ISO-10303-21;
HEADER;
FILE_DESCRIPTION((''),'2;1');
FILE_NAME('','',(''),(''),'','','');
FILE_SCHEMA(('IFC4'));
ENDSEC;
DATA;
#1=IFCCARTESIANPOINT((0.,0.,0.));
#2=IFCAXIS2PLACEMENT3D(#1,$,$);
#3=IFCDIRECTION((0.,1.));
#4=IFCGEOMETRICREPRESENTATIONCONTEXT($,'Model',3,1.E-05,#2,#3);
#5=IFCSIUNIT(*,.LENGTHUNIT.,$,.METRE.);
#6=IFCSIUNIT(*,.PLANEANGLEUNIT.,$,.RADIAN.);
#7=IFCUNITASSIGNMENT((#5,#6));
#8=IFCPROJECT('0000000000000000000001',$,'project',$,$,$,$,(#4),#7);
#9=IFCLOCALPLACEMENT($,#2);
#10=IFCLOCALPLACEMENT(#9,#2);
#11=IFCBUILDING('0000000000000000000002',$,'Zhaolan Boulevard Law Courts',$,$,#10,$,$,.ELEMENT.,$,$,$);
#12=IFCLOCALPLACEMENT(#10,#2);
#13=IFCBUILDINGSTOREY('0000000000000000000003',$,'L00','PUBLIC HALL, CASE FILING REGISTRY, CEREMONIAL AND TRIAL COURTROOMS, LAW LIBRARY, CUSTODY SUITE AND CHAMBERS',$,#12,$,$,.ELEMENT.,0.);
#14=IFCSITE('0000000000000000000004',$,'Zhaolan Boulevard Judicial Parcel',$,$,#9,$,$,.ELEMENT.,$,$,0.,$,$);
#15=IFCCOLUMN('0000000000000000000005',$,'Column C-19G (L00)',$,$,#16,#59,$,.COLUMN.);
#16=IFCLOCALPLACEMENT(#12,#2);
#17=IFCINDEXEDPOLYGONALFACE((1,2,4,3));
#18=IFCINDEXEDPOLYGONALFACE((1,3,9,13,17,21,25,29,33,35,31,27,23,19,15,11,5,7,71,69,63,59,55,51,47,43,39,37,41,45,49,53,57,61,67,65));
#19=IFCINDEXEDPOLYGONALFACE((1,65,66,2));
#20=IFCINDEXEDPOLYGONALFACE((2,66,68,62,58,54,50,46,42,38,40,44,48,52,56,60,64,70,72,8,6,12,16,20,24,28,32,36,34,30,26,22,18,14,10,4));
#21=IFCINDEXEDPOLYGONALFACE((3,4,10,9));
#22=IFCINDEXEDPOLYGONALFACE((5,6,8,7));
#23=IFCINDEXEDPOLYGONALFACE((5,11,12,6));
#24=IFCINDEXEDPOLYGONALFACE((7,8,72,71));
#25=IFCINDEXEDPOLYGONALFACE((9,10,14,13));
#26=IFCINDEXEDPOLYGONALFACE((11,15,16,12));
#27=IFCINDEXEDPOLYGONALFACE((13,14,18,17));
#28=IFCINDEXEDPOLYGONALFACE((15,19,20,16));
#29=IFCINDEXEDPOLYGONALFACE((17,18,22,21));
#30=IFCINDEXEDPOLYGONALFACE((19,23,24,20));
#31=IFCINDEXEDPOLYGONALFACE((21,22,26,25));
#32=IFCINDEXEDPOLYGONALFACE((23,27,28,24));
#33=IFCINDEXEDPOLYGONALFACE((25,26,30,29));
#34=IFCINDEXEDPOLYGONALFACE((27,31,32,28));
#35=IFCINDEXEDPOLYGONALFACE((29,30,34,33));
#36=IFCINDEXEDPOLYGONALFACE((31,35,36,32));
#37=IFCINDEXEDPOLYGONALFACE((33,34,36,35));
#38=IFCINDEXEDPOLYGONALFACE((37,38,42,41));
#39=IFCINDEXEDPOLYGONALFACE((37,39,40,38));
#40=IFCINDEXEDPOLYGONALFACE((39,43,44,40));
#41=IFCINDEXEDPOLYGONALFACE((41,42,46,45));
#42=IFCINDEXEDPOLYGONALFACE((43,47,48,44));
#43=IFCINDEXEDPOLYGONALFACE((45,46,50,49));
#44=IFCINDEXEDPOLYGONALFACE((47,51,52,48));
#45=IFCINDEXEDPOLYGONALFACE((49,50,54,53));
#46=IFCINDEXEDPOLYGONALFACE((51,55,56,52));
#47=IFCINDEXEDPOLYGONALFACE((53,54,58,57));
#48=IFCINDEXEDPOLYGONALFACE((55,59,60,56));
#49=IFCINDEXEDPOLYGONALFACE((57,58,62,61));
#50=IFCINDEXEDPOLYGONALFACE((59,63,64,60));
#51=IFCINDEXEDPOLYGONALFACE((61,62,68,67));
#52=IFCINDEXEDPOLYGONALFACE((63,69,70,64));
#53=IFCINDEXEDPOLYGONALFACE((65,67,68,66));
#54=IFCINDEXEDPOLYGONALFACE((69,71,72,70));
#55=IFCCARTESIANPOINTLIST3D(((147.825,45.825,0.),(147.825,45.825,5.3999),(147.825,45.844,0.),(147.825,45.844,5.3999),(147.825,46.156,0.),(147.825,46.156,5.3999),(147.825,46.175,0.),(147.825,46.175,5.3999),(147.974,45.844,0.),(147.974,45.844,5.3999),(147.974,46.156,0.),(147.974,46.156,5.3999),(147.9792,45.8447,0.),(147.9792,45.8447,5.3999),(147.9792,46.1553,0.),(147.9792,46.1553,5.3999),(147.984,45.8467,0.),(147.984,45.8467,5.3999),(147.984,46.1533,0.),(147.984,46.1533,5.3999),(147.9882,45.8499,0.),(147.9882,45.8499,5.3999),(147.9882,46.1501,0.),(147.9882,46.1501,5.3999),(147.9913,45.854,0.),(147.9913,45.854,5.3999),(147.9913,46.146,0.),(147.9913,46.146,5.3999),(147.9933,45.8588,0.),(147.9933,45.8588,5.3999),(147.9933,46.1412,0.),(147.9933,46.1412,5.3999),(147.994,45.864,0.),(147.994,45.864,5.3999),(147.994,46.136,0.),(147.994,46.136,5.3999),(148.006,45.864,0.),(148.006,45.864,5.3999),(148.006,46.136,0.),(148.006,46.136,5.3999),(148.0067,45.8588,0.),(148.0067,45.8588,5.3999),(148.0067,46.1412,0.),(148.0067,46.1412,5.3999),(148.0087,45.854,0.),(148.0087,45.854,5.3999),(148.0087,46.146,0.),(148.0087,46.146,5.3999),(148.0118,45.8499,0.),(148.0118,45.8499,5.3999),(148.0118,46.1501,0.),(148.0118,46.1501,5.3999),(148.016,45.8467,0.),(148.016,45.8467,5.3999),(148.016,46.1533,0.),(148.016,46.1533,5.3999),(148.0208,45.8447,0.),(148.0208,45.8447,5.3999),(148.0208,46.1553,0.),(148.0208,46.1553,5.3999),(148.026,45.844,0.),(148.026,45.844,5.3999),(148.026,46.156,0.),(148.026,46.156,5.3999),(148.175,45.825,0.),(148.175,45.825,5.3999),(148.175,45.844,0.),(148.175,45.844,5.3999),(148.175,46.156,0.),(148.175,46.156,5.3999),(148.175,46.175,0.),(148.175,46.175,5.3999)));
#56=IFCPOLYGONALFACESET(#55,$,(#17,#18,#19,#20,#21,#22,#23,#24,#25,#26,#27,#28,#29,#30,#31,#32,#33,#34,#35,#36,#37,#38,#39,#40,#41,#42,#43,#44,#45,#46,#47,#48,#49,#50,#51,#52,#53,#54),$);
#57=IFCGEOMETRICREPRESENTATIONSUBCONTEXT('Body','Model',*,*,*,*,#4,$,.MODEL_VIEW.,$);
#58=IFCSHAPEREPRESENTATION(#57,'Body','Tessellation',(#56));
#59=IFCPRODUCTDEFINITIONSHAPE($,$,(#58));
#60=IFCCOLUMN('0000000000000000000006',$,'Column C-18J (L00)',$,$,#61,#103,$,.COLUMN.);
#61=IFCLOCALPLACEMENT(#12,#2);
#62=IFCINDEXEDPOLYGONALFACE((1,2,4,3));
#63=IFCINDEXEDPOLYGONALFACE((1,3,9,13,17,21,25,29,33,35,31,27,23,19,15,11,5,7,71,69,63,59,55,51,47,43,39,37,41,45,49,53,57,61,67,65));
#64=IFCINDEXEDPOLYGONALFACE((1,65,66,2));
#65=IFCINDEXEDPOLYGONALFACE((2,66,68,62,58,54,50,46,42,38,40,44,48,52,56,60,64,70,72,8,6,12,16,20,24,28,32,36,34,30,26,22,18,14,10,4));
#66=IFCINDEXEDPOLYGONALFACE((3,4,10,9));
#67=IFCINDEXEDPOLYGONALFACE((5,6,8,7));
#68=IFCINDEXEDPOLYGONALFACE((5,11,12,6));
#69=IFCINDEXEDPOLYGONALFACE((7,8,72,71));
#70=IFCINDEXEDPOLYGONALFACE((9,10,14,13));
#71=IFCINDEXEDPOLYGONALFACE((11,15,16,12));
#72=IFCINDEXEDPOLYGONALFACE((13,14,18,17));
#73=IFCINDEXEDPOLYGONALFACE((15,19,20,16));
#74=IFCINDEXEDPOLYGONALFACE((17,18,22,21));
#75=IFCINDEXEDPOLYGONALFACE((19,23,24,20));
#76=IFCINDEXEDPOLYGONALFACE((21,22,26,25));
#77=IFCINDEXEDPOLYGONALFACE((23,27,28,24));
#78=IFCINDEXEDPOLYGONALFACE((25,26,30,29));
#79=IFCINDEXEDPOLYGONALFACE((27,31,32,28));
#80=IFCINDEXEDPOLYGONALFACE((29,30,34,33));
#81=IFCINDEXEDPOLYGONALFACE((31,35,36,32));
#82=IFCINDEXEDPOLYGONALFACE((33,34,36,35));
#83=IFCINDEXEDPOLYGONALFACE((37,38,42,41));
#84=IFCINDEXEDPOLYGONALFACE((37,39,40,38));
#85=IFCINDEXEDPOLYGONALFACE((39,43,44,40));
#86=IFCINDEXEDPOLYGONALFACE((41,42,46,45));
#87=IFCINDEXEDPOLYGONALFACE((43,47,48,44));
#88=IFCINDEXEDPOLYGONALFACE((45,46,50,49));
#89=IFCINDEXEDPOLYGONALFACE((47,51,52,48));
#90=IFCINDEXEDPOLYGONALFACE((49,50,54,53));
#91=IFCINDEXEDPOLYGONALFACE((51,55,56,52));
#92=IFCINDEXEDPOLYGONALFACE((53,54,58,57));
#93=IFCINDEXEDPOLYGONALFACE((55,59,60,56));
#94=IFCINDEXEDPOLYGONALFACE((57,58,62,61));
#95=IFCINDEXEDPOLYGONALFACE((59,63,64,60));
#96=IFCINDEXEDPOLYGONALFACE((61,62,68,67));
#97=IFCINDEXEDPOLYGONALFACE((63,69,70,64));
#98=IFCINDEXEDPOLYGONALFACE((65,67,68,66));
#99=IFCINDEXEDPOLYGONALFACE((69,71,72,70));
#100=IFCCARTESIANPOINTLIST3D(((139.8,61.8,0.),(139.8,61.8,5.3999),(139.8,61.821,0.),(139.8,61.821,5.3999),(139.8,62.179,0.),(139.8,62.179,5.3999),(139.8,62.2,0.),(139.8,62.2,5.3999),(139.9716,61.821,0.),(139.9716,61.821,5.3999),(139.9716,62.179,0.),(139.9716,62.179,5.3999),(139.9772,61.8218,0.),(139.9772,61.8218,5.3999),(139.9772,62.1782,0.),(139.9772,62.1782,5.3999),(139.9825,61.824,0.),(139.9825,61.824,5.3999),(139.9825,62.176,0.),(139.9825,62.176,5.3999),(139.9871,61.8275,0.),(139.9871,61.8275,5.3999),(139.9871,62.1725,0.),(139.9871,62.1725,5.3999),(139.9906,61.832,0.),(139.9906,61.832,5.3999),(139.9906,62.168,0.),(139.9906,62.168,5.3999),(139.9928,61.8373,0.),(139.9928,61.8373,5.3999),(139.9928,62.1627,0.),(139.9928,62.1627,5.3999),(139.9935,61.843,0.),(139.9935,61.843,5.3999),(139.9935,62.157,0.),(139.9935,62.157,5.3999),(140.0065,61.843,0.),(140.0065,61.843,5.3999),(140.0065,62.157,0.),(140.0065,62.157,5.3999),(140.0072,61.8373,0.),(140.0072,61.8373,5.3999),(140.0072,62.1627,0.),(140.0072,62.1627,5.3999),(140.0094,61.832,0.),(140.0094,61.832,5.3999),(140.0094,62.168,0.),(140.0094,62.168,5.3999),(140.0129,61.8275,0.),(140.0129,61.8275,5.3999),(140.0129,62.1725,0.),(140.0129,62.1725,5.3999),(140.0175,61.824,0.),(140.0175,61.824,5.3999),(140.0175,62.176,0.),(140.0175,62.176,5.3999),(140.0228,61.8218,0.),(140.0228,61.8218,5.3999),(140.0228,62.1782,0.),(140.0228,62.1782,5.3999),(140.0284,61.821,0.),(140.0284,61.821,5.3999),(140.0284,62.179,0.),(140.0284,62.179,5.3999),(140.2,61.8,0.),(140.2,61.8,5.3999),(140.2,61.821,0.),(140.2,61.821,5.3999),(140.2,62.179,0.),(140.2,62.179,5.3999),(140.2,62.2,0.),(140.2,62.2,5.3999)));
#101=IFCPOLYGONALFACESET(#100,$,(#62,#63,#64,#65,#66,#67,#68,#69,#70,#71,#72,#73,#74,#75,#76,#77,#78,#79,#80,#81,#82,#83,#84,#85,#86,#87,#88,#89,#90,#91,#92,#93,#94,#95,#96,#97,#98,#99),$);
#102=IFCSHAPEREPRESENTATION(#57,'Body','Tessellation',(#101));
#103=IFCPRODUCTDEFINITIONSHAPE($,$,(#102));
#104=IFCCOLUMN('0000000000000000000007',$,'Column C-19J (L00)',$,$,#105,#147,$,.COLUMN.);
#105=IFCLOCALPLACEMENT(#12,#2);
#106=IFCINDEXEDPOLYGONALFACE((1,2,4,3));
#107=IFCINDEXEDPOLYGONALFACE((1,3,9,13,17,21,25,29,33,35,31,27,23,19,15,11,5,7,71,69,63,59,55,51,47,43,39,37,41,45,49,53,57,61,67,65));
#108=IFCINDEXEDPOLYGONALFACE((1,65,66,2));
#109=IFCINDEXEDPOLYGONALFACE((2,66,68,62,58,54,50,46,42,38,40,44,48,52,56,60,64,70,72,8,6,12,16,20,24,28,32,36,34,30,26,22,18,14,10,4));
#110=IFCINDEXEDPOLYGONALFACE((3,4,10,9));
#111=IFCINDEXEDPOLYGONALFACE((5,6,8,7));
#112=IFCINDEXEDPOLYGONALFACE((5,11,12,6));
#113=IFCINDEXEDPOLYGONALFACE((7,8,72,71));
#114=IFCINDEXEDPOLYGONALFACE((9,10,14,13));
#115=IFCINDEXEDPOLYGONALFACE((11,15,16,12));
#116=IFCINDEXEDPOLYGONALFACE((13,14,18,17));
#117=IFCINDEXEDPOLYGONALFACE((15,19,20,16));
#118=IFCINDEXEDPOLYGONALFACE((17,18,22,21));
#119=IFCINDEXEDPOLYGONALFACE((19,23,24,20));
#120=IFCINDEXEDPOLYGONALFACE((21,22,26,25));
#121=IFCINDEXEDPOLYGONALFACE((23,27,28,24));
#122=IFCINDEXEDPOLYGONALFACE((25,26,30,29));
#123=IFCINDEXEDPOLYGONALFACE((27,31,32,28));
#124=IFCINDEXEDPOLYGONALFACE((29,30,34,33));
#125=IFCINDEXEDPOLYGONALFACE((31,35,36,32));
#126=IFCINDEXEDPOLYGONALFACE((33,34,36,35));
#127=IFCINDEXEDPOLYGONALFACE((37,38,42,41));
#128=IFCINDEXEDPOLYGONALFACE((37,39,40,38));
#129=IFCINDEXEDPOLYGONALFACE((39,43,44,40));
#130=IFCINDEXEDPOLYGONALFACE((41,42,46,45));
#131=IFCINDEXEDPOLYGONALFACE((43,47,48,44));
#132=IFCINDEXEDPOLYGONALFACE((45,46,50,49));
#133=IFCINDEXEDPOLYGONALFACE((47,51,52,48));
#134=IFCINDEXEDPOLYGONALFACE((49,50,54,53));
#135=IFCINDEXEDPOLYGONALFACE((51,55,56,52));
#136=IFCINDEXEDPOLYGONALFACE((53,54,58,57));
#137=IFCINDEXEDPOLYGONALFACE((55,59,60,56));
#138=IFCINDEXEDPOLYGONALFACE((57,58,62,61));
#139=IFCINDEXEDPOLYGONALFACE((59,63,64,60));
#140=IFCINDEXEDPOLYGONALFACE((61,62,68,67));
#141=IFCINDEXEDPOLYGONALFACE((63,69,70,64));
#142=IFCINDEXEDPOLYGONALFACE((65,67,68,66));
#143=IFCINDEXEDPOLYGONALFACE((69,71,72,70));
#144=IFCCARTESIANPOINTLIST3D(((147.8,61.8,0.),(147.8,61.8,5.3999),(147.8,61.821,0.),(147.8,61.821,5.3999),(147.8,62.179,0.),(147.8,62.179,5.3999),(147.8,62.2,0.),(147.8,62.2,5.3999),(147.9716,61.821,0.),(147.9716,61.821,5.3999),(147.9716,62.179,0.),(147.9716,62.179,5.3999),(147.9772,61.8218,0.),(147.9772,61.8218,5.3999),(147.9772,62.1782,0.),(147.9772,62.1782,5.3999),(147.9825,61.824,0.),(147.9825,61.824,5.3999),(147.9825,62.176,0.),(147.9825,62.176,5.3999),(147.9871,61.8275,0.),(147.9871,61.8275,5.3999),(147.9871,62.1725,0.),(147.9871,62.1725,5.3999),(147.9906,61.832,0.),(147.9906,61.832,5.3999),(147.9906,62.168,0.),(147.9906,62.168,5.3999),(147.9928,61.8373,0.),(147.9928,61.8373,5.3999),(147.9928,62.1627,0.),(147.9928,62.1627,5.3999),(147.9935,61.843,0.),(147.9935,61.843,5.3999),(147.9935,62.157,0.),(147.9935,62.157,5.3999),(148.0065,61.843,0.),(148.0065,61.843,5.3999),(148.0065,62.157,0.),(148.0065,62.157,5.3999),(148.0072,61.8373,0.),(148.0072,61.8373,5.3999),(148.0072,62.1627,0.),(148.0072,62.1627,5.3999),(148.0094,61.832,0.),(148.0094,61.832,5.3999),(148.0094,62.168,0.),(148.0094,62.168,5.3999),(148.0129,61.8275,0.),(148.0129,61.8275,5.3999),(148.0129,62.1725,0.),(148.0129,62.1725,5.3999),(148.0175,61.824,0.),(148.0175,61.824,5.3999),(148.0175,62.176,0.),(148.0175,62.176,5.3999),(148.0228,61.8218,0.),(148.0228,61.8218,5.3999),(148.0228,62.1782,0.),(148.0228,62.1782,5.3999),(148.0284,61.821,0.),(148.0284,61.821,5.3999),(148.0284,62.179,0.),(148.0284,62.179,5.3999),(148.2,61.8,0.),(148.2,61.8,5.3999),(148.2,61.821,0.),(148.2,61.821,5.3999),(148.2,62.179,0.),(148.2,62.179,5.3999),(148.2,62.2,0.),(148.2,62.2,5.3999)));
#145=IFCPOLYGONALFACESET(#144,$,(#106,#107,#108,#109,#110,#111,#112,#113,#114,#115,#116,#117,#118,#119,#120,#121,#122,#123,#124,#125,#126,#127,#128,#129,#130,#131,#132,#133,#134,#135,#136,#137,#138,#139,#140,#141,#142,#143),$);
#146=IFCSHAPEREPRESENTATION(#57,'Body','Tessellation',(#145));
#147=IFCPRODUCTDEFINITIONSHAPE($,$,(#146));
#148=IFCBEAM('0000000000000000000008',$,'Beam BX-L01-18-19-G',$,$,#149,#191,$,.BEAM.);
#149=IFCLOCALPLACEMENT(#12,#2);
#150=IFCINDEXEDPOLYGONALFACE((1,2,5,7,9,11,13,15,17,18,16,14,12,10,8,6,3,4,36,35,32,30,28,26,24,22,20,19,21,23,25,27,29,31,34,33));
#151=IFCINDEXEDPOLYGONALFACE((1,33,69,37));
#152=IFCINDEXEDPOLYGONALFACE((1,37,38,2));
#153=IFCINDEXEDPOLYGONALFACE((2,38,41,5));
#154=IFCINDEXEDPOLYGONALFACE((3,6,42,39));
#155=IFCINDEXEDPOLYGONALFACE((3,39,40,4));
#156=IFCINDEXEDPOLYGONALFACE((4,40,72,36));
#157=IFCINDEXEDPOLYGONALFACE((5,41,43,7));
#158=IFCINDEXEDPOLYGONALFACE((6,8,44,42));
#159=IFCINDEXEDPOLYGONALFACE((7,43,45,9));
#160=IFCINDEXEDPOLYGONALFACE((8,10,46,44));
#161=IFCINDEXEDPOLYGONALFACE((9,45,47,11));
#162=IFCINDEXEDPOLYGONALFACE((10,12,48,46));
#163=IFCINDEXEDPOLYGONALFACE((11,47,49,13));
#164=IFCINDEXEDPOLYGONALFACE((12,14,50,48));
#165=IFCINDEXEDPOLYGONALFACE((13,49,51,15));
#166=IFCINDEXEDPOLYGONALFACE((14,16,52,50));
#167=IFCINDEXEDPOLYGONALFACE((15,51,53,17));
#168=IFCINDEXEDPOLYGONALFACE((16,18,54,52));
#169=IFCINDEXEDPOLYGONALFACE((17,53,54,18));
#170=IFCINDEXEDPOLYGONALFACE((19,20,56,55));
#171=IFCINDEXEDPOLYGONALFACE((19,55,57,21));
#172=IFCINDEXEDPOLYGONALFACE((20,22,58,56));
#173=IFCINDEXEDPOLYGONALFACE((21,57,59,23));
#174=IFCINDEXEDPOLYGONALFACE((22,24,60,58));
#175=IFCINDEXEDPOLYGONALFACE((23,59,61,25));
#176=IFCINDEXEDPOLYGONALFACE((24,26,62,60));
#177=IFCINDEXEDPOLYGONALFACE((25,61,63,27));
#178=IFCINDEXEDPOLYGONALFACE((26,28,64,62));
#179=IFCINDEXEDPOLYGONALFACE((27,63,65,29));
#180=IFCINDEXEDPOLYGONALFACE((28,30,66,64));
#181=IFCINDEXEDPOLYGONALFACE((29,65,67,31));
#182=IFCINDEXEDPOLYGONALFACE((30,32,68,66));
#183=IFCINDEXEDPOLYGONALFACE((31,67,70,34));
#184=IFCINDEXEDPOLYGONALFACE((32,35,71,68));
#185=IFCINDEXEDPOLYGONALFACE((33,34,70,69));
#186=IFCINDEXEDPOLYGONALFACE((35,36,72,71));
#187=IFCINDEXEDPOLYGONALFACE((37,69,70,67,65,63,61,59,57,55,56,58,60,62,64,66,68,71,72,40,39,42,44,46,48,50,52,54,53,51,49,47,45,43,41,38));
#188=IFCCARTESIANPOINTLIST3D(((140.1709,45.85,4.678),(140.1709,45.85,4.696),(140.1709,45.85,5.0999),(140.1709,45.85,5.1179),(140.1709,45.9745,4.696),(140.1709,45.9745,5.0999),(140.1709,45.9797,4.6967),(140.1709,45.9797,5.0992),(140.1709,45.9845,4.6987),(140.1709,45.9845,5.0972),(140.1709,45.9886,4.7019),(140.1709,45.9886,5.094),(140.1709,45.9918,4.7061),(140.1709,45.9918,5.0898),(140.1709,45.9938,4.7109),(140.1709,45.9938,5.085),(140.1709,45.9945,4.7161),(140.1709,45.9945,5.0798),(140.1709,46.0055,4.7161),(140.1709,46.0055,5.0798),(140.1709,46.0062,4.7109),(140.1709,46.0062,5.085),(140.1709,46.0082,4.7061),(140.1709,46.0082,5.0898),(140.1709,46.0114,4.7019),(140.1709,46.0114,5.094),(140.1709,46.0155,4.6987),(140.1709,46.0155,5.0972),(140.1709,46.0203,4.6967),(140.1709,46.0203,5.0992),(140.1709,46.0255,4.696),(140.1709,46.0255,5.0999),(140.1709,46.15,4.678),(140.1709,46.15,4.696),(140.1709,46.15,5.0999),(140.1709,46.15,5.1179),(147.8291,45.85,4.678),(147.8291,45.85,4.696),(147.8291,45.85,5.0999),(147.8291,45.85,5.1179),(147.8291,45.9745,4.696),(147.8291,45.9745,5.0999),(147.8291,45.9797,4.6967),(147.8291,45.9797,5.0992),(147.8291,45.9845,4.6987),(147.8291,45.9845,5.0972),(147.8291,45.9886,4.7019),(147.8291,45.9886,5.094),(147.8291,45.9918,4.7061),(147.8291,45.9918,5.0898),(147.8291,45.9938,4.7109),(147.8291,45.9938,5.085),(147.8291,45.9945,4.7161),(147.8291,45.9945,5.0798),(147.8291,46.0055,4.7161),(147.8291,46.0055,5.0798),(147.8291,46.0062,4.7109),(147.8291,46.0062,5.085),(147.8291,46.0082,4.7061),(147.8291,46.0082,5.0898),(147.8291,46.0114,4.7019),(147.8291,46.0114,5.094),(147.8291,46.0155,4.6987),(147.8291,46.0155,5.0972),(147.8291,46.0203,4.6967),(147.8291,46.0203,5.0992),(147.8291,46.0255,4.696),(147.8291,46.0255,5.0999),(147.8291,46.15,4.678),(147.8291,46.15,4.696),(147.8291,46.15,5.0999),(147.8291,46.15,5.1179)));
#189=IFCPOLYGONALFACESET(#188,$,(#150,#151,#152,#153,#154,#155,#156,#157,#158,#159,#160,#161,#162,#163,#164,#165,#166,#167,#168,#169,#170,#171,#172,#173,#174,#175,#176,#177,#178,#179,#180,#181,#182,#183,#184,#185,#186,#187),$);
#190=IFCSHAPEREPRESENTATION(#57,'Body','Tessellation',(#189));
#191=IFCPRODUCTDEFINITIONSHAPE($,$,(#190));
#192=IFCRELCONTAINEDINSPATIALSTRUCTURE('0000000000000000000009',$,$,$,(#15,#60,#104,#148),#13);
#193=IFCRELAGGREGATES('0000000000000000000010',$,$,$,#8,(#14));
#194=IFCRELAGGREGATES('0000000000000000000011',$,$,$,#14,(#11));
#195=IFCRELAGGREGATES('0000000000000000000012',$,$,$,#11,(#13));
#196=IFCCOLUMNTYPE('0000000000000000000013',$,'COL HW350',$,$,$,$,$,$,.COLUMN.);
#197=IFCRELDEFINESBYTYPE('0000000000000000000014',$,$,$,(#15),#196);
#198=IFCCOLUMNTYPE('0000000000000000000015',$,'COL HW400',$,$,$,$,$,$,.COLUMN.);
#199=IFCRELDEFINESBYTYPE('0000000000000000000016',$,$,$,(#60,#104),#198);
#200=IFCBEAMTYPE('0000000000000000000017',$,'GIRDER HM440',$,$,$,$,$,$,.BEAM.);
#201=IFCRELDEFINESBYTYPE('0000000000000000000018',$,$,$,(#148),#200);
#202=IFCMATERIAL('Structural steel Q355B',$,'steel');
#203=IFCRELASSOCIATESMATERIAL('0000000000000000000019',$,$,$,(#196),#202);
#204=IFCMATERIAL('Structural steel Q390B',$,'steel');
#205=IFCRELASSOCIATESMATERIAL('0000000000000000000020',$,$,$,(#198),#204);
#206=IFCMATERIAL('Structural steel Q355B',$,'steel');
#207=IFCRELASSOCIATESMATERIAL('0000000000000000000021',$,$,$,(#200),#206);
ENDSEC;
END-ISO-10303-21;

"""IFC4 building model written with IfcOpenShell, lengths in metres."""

from ifc_helpers import new_model, si_unit, direction, frame, origin, origin_2d, place, context, subcontext, project, spatial, i_section, extrude, material, material_profile, profile_set, type_object, element, save


model = new_model("IFC4")

# Units and contexts
model_context = context("Model", 3, precision=1e-05, world=origin(), true_north=direction((0.0, 1.0)))
body_context = subcontext(model_context, "Body", "Model", "MODEL_VIEW")
ifc_project = project(units=[si_unit("LENGTHUNIT", "METRE"), si_unit("PLANEANGLEUNIT", "RADIAN")], contexts=[model_context])

# Site, building, storey
site_placement = place(None, origin())
site = spatial("IfcSite", under=ifc_project, at=site_placement, Name="Zhaolan Boulevard Judicial Parcel", CompositionType="ELEMENT", RefElevation=0.0)
building_placement = place(site_placement, origin())
building = spatial("IfcBuilding", under=site, at=building_placement, Name="Zhaolan Boulevard Law Courts", CompositionType="ELEMENT")
storey_placement = place(building_placement, origin())
storey = spatial("IfcBuildingStorey", under=building, at=storey_placement, Name="L00", Description="PUBLIC HALL, CASE FILING REGISTRY, CEREMONIAL AND TRIAL COURTROOMS, LAW LIBRARY, CUSTODY SUITE AND CHAMBERS", CompositionType="ELEMENT", Elevation=0.0)

# Columns
ifc_material_1 = material(Name="Structural steel Q355B", Category="steel")
ifc_material_profile_1 = material_profile(ifc_material_1, i_section(OverallWidth=0.3501, OverallDepth=0.3501, WebThickness=0.012, FlangeThickness=0.019, FilletRadius=0.02, at=origin_2d()), Name="HW350x350")
ifc_profile_set_1 = profile_set([ifc_material_profile_1], Name="Structural steel Q355B")
column_type_1 = type_object("IfcColumnType", Name="COL HW350", PredefinedType="COLUMN", material=ifc_profile_set_1)
column_placement = place(storey_placement, frame((148.0, 46.0, 0.0), z_axis=(0.0, 0.0, 1.0), x_axis=(1.0, 0.0, 0.0)))
element("IfcColumn", 1, at=column_placement, inside=storey, type_object=column_type_1, Name="Column C-19G (L00)", PredefinedType="COLUMN", context=body_context, shape_type="SweptSolid", body=[
    extrude(i_section(OverallWidth=0.3501, OverallDepth=0.3501, WebThickness=0.012, FlangeThickness=0.019, FilletRadius=0.02, at=origin_2d()), origin(), (0.0, 0.0, 1.0), 5.3999),
])
ifc_material_2 = material(Name="Structural steel Q390B", Category="steel")
ifc_material_profile_2 = material_profile(ifc_material_2, i_section(OverallWidth=0.3999, OverallDepth=0.3999, WebThickness=0.0129, FlangeThickness=0.021, FilletRadius=0.022, at=origin_2d()), Name="HW400x400")
ifc_profile_set_2 = profile_set([ifc_material_profile_2], Name="Structural steel Q390B")
column_type_2 = type_object("IfcColumnType", Name="COL HW400", PredefinedType="COLUMN", material=ifc_profile_set_2)
for number, where, z_axis, x_axis, name in (
    (2, (140.0, 62.0, 0.0), (0.0, 0.0, 1.0), (1.0, 0.0, 0.0), "Column C-18J (L00)"),
    (3, (148.0, 62.0, 0.0), (0.0, 0.0, 1.0), (1.0, 0.0, 0.0), "Column C-19J (L00)"),
):
    element("IfcColumn", number, at=place(storey_placement, frame(where, z_axis=z_axis, x_axis=x_axis)), inside=storey, type_object=column_type_2, Name=name, PredefinedType="COLUMN", context=body_context, shape_type="SweptSolid", body=[
        extrude(i_section(OverallWidth=0.3999, OverallDepth=0.3999, WebThickness=0.0129, FlangeThickness=0.021, FilletRadius=0.022, at=origin_2d()), origin(), (0.0, 0.0, 1.0), 5.3999),
    ])

# Beam
ifc_material_3 = material(Name="Structural steel Q355B", Category="steel")
ifc_material_profile_3 = material_profile(ifc_material_3, i_section(OverallWidth=0.3, OverallDepth=0.4399, WebThickness=0.011, FlangeThickness=0.0181, FilletRadius=0.02, at=origin_2d()), Name="HM440x300")
ifc_profile_set_3 = profile_set([ifc_material_profile_3], Name="Structural steel Q355B")
beam_type = type_object("IfcBeamType", Name="GIRDER HM440", PredefinedType="BEAM", material=ifc_profile_set_3)
for number, where, z_axis, x_axis, name in (
    (4, (140.1709, 46.0, 4.8979), (1.0, 0.0, 0.0), (0.0, 1.0, 0.0), "Beam BX-L01-18-19-G"),
):
    element("IfcBeam", number, at=place(storey_placement, frame(where, z_axis=z_axis, x_axis=x_axis)), inside=storey, type_object=beam_type, Name=name, PredefinedType="BEAM", context=body_context, shape_type="SweptSolid", body=[
        extrude(i_section(OverallWidth=0.3, OverallDepth=0.4399, WebThickness=0.011, FlangeThickness=0.0181, FilletRadius=0.02, at=origin_2d()), origin(), (0.0, 0.0, 1.0), 7.6582),
    ])

save(model, "model.ifc")
